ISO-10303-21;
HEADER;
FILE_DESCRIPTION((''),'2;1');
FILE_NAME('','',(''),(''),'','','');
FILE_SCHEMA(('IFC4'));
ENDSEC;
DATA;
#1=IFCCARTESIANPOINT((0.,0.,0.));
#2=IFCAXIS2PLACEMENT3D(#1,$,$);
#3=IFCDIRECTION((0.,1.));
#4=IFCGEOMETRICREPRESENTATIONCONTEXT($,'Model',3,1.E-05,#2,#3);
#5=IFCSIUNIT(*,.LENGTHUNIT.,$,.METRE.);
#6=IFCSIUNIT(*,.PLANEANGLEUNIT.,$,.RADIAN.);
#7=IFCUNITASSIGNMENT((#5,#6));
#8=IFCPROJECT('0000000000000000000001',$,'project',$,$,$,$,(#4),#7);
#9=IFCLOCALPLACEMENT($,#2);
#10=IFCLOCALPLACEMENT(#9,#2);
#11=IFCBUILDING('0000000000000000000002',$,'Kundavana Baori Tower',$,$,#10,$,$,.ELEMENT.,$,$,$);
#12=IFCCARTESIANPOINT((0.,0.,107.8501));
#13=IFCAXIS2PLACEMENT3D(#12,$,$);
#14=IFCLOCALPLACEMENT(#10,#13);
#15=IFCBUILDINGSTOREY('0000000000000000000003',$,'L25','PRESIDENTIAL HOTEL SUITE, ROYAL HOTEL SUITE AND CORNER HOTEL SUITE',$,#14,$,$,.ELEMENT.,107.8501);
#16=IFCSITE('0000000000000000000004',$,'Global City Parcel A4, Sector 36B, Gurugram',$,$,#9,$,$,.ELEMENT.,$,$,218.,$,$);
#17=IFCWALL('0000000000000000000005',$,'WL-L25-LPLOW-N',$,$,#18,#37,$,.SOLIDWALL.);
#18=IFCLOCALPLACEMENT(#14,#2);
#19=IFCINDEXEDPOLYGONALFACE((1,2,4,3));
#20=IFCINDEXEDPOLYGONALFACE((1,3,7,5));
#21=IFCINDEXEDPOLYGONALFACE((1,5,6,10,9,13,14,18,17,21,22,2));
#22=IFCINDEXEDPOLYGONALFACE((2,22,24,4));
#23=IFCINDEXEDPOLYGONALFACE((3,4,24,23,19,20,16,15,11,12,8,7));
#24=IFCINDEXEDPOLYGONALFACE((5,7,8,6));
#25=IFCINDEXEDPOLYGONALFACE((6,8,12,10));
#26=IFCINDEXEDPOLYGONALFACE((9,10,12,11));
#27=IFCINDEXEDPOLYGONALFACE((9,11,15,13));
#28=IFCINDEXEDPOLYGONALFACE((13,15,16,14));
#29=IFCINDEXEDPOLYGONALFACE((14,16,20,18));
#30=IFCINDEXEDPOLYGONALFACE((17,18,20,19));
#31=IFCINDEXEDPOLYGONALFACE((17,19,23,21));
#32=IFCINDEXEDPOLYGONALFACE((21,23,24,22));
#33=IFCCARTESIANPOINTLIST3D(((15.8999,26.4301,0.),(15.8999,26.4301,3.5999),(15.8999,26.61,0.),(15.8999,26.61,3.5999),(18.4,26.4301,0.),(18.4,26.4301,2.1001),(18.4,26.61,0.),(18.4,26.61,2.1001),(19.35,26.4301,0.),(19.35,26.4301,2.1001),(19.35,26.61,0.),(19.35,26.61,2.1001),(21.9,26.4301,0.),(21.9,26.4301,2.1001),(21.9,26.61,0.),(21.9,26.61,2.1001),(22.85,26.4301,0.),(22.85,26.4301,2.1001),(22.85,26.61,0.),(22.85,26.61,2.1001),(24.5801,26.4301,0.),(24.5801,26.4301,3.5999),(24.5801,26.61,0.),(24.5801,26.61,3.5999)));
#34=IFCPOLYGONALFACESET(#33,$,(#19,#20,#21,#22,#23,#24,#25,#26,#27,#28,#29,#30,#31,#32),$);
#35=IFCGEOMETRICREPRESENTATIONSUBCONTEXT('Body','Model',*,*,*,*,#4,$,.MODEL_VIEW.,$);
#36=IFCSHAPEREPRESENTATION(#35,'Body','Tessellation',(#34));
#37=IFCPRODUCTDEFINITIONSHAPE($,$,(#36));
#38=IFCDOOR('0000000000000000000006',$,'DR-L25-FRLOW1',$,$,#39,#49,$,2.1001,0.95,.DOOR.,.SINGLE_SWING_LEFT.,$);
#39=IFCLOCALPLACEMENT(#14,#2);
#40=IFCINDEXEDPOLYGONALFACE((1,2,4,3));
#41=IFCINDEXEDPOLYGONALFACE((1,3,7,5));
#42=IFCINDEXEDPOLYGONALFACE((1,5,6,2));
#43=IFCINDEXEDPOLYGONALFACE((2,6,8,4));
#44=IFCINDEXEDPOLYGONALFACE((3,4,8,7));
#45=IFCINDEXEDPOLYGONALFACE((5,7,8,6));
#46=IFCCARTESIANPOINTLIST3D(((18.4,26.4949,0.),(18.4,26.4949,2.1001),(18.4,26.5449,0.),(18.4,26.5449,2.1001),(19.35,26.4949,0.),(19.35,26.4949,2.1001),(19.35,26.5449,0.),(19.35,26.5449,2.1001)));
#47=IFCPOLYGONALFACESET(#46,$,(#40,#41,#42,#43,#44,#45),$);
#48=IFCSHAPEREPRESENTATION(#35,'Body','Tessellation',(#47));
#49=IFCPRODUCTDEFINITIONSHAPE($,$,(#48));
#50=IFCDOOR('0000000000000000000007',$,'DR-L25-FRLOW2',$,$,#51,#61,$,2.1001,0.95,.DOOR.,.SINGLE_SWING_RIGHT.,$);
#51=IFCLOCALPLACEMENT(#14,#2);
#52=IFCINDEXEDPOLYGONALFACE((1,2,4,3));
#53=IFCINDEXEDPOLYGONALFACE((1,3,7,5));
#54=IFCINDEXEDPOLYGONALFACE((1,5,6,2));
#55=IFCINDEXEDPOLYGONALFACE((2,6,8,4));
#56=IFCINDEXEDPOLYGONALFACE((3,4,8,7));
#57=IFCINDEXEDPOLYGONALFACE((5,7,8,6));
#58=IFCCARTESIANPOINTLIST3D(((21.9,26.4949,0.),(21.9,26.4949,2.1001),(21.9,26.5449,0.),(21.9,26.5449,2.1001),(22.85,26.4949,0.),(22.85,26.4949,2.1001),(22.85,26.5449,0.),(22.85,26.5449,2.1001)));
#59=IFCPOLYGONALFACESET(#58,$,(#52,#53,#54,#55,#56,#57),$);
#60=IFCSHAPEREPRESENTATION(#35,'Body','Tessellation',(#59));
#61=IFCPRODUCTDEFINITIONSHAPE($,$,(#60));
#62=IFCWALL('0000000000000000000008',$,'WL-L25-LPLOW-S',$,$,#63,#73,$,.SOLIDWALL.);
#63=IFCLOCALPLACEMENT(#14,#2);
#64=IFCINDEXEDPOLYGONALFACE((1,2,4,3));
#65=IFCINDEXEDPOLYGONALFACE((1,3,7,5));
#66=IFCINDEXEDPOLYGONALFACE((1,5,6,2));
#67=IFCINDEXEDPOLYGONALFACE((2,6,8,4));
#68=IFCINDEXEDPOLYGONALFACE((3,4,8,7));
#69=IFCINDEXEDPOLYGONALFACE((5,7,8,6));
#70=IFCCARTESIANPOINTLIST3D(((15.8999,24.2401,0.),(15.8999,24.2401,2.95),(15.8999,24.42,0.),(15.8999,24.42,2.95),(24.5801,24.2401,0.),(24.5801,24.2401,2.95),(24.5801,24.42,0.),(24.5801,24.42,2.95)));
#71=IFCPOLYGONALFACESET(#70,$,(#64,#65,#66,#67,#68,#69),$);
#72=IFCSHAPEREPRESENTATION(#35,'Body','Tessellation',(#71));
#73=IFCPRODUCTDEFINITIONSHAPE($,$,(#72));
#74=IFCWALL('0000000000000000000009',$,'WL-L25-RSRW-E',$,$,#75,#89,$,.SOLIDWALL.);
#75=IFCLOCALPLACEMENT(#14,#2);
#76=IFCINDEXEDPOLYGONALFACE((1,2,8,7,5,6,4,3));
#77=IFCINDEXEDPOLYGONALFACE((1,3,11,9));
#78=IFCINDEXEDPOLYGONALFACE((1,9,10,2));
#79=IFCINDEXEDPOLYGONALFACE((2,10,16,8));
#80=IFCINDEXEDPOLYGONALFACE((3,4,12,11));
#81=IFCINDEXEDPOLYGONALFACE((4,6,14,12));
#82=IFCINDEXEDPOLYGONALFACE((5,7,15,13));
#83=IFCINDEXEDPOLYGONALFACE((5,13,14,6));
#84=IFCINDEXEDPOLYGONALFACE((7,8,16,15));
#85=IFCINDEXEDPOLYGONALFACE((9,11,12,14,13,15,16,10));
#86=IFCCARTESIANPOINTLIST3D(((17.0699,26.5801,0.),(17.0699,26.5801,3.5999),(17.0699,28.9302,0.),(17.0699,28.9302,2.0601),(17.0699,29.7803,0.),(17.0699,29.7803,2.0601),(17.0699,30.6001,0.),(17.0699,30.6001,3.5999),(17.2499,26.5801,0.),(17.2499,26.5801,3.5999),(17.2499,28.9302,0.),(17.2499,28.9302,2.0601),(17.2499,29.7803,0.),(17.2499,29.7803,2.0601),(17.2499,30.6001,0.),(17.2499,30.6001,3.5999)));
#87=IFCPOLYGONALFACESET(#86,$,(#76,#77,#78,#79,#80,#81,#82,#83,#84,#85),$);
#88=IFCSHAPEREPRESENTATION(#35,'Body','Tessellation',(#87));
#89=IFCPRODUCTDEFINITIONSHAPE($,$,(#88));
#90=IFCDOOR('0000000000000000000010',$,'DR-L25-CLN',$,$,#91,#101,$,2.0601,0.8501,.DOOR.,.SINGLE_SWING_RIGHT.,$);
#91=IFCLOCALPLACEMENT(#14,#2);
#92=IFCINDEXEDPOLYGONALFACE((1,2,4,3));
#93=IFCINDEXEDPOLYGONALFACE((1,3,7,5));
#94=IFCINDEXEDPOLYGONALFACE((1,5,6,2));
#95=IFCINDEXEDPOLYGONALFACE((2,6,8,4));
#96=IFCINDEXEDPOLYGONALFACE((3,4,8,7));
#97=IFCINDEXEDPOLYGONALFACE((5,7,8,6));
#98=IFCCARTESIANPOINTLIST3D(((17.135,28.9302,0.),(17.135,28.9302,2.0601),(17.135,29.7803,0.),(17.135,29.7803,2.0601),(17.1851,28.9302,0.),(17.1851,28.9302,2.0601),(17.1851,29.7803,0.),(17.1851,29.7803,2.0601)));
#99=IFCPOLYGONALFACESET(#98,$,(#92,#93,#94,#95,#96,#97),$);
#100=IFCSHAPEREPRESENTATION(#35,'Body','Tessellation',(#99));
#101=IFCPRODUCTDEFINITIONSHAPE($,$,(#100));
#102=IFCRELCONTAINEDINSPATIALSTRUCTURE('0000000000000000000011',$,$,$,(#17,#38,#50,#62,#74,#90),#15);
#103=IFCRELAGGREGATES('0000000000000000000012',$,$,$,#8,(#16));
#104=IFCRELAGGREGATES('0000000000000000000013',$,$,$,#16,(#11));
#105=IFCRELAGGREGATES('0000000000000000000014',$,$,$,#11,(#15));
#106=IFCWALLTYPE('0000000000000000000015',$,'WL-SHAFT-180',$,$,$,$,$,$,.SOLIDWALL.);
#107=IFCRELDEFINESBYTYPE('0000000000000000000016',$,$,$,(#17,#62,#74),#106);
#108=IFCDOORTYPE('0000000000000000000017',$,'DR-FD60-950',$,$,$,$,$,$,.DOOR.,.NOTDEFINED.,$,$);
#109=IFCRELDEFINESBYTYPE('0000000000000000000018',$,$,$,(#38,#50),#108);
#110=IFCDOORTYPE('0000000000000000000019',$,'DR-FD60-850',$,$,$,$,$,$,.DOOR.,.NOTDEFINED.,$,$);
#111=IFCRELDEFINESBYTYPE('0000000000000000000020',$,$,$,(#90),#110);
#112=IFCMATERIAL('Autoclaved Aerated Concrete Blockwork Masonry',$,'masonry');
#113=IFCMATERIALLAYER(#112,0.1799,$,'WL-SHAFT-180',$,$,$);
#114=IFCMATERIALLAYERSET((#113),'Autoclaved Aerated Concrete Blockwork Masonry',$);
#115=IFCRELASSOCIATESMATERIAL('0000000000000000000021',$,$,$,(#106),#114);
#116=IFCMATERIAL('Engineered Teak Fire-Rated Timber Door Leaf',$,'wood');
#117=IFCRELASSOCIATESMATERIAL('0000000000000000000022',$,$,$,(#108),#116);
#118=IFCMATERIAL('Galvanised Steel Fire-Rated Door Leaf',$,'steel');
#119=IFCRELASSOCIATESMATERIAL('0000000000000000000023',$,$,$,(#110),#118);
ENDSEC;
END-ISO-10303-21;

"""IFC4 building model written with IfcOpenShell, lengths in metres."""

from ifc_helpers import new_model, si_unit, direction, frame, frame_2d, origin, place, context, subcontext, project, spatial, rectangle, extrude, material, layer, layer_set, type_object, element, fill, save


model = new_model("IFC4")

# Units and contexts
model_context = context("Model", 3, precision=1e-05, world=origin(), true_north=direction((0.0, 1.0)))
body_context = subcontext(model_context, "Body", "Model", "MODEL_VIEW")
ifc_project = project(units=[si_unit("LENGTHUNIT", "METRE"), si_unit("PLANEANGLEUNIT", "RADIAN")], contexts=[model_context])

# Site, building, storey
site_placement = place(None, origin())
site = spatial("IfcSite", under=ifc_project, at=site_placement, Name="Global City Parcel A4, Sector 36B, Gurugram", CompositionType="ELEMENT", RefElevation=218.0)
building_placement = place(site_placement, origin())
building = spatial("IfcBuilding", under=site, at=building_placement, Name="Kundavana Baori Tower", CompositionType="ELEMENT")
storey_placement = place(building_placement, frame((0.0, 0.0, 107.8501)))
storey = spatial("IfcBuildingStorey", under=building, at=storey_placement, Name="L25", Description="PRESIDENTIAL HOTEL SUITE, ROYAL HOTEL SUITE AND CORNER HOTEL SUITE", CompositionType="ELEMENT", Elevation=107.8501)

# Wall, openings, doors
ifc_material_1 = material(Name="Autoclaved Aerated Concrete Blockwork Masonry", Category="masonry")
ifc_layer_1 = layer(ifc_material_1, 0.1799, Name="WL-SHAFT-180")
ifc_layer_set_1 = layer_set([ifc_layer_1], Name="Autoclaved Aerated Concrete Blockwork Masonry")
wall_type_1 = type_object("IfcWallType", Name="WL-SHAFT-180", PredefinedType="SOLIDWALL", material=ifc_layer_set_1)
wall_1_placement = place(storey_placement, frame((15.8999, 26.52, 0.0), z_axis=(0.0, 0.0, 1.0), x_axis=(1.0, 0.0, 0.0)))
wall_1 = element("IfcWall", 1, at=wall_1_placement, inside=storey, type_object=wall_type_1, Name="WL-L25-LPLOW-N", PredefinedType="SOLIDWALL", context=body_context, shape_type="SweptSolid", body=[
    extrude(rectangle(XDim=8.6802, YDim=0.1799, at=frame_2d((4.3401, 0.0))), origin(), (0.0, 0.0, 1.0), 3.5999),
])
opening_1_placement = place(wall_1_placement, frame((2.5, 0.0, 0.0)))
opening_1 = element("IfcOpeningElement", 2, at=opening_1_placement, cuts=wall_1, PredefinedType="OPENING", context=body_context, shape_type="SweptSolid", body=[
    extrude(rectangle(XDim=0.95, YDim=2.1001, at=frame_2d((0.4751, 1.05))), frame((0.0, 0.1001, 0.0), z_axis=(0.0, -1.0, 0.0), x_axis=(1.0, 0.0, 0.0)), (0.0, 0.0, 1.0), 0.2),
])
opening_2_placement = place(wall_1_placement, frame((6.0, 0.0, 0.0)))
opening_2 = element("IfcOpeningElement", 3, at=opening_2_placement, cuts=wall_1, PredefinedType="OPENING", context=body_context, shape_type="SweptSolid", body=[
    extrude(rectangle(XDim=0.95, YDim=2.1001, at=frame_2d((0.4751, 1.05))), frame((0.0, 0.1001, 0.0), z_axis=(0.0, -1.0, 0.0), x_axis=(1.0, 0.0, 0.0)), (0.0, 0.0, 1.0), 0.2),
])
ifc_material_2 = material(Name="Engineered Teak Fire-Rated Timber Door Leaf", Category="wood")
door_type_1 = type_object("IfcDoorType", Name="DR-FD60-950", OperationType="NOTDEFINED", PredefinedType="DOOR", material=ifc_material_2)
door_1_placement = place(opening_1_placement, origin())
door_1 = element("IfcDoor", 4, at=door_1_placement, inside=storey, type_object=door_type_1, Name="DR-L25-FRLOW1", OperationType="SINGLE_SWING_LEFT", OverallHeight=2.1001, OverallWidth=0.95, PredefinedType="DOOR", context=body_context, shape_type="SweptSolid", body=[
    extrude(rectangle(XDim=0.95, YDim=2.1001, at=frame_2d((0.4751, 1.05))), frame((0.0, 0.0249, 0.0), z_axis=(0.0, -1.0, 0.0), x_axis=(1.0, 0.0, 0.0)), (0.0, 0.0, 1.0), 0.05),
])
fill(opening_1, door_1)
door_2_placement = place(opening_2_placement, origin())
door_2 = element("IfcDoor", 5, at=door_2_placement, inside=storey, type_object=door_type_1, Name="DR-L25-FRLOW2", OperationType="SINGLE_SWING_RIGHT", OverallHeight=2.1001, OverallWidth=0.95, PredefinedType="DOOR", context=body_context, shape_type="SweptSolid", body=[
    extrude(rectangle(XDim=0.95, YDim=2.1001, at=frame_2d((0.4751, 1.05))), frame((0.0, 0.0249, 0.0), z_axis=(0.0, -1.0, 0.0), x_axis=(1.0, 0.0, 0.0)), (0.0, 0.0, 1.0), 0.05),
])
fill(opening_2, door_2)

# Wall
wall_2_placement = place(storey_placement, frame((15.8999, 24.3301, 0.0), z_axis=(0.0, 0.0, 1.0), x_axis=(1.0, 0.0, 0.0)))
element("IfcWall", 6, at=wall_2_placement, inside=storey, type_object=wall_type_1, Name="WL-L25-LPLOW-S", PredefinedType="SOLIDWALL", context=body_context, shape_type="SweptSolid", body=[
    extrude(rectangle(XDim=8.6802, YDim=0.1799, at=frame_2d((4.3401, 0.0))), origin(), (0.0, 0.0, 1.0), 2.95),
])

# Wall, opening, door
wall_3_placement = place(storey_placement, frame((17.1599, 26.5801, 0.0), z_axis=(0.0, 0.0, 1.0), x_axis=(0.0, 1.0, 0.0)))
wall_3 = element("IfcWall", 7, at=wall_3_placement, inside=storey, type_object=wall_type_1, Name="WL-L25-RSRW-E", PredefinedType="SOLIDWALL", context=body_context, shape_type="SweptSolid", body=[
    extrude(rectangle(XDim=4.02, YDim=0.1799, at=frame_2d((2.01, 0.0))), origin(), (0.0, 0.0, 1.0), 3.5999),
])
opening_3_placement = place(wall_3_placement, frame((2.3501, 0.0, 0.0)))
opening_3 = element("IfcOpeningElement", 8, at=opening_3_placement, cuts=wall_3, PredefinedType="OPENING", context=body_context, shape_type="SweptSolid", body=[
    extrude(rectangle(XDim=0.8501, YDim=2.0601, at=frame_2d((0.425, 1.03))), frame((0.0, 0.1001, 0.0), z_axis=(0.0, -1.0, 0.0), x_axis=(1.0, 0.0, 0.0)), (0.0, 0.0, 1.0), 0.2),
])
ifc_material_3 = material(Name="Galvanised Steel Fire-Rated Door Leaf", Category="steel")
door_type_2 = type_object("IfcDoorType", Name="DR-FD60-850", OperationType="NOTDEFINED", PredefinedType="DOOR", material=ifc_material_3)
door_3_placement = place(opening_3_placement, origin())
door_3 = element("IfcDoor", 9, at=door_3_placement, inside=storey, type_object=door_type_2, Name="DR-L25-CLN", OperationType="SINGLE_SWING_RIGHT", OverallHeight=2.0601, OverallWidth=0.8501, PredefinedType="DOOR", context=body_context, shape_type="SweptSolid", body=[
    extrude(rectangle(XDim=0.8501, YDim=2.0601, at=frame_2d((0.425, 1.03))), frame((0.0, 0.0249, 0.0), z_axis=(0.0, -1.0, 0.0), x_axis=(1.0, 0.0, 0.0)), (0.0, 0.0, 1.0), 0.05),
])
fill(opening_3, door_3)

save(model, "model.ifc")
